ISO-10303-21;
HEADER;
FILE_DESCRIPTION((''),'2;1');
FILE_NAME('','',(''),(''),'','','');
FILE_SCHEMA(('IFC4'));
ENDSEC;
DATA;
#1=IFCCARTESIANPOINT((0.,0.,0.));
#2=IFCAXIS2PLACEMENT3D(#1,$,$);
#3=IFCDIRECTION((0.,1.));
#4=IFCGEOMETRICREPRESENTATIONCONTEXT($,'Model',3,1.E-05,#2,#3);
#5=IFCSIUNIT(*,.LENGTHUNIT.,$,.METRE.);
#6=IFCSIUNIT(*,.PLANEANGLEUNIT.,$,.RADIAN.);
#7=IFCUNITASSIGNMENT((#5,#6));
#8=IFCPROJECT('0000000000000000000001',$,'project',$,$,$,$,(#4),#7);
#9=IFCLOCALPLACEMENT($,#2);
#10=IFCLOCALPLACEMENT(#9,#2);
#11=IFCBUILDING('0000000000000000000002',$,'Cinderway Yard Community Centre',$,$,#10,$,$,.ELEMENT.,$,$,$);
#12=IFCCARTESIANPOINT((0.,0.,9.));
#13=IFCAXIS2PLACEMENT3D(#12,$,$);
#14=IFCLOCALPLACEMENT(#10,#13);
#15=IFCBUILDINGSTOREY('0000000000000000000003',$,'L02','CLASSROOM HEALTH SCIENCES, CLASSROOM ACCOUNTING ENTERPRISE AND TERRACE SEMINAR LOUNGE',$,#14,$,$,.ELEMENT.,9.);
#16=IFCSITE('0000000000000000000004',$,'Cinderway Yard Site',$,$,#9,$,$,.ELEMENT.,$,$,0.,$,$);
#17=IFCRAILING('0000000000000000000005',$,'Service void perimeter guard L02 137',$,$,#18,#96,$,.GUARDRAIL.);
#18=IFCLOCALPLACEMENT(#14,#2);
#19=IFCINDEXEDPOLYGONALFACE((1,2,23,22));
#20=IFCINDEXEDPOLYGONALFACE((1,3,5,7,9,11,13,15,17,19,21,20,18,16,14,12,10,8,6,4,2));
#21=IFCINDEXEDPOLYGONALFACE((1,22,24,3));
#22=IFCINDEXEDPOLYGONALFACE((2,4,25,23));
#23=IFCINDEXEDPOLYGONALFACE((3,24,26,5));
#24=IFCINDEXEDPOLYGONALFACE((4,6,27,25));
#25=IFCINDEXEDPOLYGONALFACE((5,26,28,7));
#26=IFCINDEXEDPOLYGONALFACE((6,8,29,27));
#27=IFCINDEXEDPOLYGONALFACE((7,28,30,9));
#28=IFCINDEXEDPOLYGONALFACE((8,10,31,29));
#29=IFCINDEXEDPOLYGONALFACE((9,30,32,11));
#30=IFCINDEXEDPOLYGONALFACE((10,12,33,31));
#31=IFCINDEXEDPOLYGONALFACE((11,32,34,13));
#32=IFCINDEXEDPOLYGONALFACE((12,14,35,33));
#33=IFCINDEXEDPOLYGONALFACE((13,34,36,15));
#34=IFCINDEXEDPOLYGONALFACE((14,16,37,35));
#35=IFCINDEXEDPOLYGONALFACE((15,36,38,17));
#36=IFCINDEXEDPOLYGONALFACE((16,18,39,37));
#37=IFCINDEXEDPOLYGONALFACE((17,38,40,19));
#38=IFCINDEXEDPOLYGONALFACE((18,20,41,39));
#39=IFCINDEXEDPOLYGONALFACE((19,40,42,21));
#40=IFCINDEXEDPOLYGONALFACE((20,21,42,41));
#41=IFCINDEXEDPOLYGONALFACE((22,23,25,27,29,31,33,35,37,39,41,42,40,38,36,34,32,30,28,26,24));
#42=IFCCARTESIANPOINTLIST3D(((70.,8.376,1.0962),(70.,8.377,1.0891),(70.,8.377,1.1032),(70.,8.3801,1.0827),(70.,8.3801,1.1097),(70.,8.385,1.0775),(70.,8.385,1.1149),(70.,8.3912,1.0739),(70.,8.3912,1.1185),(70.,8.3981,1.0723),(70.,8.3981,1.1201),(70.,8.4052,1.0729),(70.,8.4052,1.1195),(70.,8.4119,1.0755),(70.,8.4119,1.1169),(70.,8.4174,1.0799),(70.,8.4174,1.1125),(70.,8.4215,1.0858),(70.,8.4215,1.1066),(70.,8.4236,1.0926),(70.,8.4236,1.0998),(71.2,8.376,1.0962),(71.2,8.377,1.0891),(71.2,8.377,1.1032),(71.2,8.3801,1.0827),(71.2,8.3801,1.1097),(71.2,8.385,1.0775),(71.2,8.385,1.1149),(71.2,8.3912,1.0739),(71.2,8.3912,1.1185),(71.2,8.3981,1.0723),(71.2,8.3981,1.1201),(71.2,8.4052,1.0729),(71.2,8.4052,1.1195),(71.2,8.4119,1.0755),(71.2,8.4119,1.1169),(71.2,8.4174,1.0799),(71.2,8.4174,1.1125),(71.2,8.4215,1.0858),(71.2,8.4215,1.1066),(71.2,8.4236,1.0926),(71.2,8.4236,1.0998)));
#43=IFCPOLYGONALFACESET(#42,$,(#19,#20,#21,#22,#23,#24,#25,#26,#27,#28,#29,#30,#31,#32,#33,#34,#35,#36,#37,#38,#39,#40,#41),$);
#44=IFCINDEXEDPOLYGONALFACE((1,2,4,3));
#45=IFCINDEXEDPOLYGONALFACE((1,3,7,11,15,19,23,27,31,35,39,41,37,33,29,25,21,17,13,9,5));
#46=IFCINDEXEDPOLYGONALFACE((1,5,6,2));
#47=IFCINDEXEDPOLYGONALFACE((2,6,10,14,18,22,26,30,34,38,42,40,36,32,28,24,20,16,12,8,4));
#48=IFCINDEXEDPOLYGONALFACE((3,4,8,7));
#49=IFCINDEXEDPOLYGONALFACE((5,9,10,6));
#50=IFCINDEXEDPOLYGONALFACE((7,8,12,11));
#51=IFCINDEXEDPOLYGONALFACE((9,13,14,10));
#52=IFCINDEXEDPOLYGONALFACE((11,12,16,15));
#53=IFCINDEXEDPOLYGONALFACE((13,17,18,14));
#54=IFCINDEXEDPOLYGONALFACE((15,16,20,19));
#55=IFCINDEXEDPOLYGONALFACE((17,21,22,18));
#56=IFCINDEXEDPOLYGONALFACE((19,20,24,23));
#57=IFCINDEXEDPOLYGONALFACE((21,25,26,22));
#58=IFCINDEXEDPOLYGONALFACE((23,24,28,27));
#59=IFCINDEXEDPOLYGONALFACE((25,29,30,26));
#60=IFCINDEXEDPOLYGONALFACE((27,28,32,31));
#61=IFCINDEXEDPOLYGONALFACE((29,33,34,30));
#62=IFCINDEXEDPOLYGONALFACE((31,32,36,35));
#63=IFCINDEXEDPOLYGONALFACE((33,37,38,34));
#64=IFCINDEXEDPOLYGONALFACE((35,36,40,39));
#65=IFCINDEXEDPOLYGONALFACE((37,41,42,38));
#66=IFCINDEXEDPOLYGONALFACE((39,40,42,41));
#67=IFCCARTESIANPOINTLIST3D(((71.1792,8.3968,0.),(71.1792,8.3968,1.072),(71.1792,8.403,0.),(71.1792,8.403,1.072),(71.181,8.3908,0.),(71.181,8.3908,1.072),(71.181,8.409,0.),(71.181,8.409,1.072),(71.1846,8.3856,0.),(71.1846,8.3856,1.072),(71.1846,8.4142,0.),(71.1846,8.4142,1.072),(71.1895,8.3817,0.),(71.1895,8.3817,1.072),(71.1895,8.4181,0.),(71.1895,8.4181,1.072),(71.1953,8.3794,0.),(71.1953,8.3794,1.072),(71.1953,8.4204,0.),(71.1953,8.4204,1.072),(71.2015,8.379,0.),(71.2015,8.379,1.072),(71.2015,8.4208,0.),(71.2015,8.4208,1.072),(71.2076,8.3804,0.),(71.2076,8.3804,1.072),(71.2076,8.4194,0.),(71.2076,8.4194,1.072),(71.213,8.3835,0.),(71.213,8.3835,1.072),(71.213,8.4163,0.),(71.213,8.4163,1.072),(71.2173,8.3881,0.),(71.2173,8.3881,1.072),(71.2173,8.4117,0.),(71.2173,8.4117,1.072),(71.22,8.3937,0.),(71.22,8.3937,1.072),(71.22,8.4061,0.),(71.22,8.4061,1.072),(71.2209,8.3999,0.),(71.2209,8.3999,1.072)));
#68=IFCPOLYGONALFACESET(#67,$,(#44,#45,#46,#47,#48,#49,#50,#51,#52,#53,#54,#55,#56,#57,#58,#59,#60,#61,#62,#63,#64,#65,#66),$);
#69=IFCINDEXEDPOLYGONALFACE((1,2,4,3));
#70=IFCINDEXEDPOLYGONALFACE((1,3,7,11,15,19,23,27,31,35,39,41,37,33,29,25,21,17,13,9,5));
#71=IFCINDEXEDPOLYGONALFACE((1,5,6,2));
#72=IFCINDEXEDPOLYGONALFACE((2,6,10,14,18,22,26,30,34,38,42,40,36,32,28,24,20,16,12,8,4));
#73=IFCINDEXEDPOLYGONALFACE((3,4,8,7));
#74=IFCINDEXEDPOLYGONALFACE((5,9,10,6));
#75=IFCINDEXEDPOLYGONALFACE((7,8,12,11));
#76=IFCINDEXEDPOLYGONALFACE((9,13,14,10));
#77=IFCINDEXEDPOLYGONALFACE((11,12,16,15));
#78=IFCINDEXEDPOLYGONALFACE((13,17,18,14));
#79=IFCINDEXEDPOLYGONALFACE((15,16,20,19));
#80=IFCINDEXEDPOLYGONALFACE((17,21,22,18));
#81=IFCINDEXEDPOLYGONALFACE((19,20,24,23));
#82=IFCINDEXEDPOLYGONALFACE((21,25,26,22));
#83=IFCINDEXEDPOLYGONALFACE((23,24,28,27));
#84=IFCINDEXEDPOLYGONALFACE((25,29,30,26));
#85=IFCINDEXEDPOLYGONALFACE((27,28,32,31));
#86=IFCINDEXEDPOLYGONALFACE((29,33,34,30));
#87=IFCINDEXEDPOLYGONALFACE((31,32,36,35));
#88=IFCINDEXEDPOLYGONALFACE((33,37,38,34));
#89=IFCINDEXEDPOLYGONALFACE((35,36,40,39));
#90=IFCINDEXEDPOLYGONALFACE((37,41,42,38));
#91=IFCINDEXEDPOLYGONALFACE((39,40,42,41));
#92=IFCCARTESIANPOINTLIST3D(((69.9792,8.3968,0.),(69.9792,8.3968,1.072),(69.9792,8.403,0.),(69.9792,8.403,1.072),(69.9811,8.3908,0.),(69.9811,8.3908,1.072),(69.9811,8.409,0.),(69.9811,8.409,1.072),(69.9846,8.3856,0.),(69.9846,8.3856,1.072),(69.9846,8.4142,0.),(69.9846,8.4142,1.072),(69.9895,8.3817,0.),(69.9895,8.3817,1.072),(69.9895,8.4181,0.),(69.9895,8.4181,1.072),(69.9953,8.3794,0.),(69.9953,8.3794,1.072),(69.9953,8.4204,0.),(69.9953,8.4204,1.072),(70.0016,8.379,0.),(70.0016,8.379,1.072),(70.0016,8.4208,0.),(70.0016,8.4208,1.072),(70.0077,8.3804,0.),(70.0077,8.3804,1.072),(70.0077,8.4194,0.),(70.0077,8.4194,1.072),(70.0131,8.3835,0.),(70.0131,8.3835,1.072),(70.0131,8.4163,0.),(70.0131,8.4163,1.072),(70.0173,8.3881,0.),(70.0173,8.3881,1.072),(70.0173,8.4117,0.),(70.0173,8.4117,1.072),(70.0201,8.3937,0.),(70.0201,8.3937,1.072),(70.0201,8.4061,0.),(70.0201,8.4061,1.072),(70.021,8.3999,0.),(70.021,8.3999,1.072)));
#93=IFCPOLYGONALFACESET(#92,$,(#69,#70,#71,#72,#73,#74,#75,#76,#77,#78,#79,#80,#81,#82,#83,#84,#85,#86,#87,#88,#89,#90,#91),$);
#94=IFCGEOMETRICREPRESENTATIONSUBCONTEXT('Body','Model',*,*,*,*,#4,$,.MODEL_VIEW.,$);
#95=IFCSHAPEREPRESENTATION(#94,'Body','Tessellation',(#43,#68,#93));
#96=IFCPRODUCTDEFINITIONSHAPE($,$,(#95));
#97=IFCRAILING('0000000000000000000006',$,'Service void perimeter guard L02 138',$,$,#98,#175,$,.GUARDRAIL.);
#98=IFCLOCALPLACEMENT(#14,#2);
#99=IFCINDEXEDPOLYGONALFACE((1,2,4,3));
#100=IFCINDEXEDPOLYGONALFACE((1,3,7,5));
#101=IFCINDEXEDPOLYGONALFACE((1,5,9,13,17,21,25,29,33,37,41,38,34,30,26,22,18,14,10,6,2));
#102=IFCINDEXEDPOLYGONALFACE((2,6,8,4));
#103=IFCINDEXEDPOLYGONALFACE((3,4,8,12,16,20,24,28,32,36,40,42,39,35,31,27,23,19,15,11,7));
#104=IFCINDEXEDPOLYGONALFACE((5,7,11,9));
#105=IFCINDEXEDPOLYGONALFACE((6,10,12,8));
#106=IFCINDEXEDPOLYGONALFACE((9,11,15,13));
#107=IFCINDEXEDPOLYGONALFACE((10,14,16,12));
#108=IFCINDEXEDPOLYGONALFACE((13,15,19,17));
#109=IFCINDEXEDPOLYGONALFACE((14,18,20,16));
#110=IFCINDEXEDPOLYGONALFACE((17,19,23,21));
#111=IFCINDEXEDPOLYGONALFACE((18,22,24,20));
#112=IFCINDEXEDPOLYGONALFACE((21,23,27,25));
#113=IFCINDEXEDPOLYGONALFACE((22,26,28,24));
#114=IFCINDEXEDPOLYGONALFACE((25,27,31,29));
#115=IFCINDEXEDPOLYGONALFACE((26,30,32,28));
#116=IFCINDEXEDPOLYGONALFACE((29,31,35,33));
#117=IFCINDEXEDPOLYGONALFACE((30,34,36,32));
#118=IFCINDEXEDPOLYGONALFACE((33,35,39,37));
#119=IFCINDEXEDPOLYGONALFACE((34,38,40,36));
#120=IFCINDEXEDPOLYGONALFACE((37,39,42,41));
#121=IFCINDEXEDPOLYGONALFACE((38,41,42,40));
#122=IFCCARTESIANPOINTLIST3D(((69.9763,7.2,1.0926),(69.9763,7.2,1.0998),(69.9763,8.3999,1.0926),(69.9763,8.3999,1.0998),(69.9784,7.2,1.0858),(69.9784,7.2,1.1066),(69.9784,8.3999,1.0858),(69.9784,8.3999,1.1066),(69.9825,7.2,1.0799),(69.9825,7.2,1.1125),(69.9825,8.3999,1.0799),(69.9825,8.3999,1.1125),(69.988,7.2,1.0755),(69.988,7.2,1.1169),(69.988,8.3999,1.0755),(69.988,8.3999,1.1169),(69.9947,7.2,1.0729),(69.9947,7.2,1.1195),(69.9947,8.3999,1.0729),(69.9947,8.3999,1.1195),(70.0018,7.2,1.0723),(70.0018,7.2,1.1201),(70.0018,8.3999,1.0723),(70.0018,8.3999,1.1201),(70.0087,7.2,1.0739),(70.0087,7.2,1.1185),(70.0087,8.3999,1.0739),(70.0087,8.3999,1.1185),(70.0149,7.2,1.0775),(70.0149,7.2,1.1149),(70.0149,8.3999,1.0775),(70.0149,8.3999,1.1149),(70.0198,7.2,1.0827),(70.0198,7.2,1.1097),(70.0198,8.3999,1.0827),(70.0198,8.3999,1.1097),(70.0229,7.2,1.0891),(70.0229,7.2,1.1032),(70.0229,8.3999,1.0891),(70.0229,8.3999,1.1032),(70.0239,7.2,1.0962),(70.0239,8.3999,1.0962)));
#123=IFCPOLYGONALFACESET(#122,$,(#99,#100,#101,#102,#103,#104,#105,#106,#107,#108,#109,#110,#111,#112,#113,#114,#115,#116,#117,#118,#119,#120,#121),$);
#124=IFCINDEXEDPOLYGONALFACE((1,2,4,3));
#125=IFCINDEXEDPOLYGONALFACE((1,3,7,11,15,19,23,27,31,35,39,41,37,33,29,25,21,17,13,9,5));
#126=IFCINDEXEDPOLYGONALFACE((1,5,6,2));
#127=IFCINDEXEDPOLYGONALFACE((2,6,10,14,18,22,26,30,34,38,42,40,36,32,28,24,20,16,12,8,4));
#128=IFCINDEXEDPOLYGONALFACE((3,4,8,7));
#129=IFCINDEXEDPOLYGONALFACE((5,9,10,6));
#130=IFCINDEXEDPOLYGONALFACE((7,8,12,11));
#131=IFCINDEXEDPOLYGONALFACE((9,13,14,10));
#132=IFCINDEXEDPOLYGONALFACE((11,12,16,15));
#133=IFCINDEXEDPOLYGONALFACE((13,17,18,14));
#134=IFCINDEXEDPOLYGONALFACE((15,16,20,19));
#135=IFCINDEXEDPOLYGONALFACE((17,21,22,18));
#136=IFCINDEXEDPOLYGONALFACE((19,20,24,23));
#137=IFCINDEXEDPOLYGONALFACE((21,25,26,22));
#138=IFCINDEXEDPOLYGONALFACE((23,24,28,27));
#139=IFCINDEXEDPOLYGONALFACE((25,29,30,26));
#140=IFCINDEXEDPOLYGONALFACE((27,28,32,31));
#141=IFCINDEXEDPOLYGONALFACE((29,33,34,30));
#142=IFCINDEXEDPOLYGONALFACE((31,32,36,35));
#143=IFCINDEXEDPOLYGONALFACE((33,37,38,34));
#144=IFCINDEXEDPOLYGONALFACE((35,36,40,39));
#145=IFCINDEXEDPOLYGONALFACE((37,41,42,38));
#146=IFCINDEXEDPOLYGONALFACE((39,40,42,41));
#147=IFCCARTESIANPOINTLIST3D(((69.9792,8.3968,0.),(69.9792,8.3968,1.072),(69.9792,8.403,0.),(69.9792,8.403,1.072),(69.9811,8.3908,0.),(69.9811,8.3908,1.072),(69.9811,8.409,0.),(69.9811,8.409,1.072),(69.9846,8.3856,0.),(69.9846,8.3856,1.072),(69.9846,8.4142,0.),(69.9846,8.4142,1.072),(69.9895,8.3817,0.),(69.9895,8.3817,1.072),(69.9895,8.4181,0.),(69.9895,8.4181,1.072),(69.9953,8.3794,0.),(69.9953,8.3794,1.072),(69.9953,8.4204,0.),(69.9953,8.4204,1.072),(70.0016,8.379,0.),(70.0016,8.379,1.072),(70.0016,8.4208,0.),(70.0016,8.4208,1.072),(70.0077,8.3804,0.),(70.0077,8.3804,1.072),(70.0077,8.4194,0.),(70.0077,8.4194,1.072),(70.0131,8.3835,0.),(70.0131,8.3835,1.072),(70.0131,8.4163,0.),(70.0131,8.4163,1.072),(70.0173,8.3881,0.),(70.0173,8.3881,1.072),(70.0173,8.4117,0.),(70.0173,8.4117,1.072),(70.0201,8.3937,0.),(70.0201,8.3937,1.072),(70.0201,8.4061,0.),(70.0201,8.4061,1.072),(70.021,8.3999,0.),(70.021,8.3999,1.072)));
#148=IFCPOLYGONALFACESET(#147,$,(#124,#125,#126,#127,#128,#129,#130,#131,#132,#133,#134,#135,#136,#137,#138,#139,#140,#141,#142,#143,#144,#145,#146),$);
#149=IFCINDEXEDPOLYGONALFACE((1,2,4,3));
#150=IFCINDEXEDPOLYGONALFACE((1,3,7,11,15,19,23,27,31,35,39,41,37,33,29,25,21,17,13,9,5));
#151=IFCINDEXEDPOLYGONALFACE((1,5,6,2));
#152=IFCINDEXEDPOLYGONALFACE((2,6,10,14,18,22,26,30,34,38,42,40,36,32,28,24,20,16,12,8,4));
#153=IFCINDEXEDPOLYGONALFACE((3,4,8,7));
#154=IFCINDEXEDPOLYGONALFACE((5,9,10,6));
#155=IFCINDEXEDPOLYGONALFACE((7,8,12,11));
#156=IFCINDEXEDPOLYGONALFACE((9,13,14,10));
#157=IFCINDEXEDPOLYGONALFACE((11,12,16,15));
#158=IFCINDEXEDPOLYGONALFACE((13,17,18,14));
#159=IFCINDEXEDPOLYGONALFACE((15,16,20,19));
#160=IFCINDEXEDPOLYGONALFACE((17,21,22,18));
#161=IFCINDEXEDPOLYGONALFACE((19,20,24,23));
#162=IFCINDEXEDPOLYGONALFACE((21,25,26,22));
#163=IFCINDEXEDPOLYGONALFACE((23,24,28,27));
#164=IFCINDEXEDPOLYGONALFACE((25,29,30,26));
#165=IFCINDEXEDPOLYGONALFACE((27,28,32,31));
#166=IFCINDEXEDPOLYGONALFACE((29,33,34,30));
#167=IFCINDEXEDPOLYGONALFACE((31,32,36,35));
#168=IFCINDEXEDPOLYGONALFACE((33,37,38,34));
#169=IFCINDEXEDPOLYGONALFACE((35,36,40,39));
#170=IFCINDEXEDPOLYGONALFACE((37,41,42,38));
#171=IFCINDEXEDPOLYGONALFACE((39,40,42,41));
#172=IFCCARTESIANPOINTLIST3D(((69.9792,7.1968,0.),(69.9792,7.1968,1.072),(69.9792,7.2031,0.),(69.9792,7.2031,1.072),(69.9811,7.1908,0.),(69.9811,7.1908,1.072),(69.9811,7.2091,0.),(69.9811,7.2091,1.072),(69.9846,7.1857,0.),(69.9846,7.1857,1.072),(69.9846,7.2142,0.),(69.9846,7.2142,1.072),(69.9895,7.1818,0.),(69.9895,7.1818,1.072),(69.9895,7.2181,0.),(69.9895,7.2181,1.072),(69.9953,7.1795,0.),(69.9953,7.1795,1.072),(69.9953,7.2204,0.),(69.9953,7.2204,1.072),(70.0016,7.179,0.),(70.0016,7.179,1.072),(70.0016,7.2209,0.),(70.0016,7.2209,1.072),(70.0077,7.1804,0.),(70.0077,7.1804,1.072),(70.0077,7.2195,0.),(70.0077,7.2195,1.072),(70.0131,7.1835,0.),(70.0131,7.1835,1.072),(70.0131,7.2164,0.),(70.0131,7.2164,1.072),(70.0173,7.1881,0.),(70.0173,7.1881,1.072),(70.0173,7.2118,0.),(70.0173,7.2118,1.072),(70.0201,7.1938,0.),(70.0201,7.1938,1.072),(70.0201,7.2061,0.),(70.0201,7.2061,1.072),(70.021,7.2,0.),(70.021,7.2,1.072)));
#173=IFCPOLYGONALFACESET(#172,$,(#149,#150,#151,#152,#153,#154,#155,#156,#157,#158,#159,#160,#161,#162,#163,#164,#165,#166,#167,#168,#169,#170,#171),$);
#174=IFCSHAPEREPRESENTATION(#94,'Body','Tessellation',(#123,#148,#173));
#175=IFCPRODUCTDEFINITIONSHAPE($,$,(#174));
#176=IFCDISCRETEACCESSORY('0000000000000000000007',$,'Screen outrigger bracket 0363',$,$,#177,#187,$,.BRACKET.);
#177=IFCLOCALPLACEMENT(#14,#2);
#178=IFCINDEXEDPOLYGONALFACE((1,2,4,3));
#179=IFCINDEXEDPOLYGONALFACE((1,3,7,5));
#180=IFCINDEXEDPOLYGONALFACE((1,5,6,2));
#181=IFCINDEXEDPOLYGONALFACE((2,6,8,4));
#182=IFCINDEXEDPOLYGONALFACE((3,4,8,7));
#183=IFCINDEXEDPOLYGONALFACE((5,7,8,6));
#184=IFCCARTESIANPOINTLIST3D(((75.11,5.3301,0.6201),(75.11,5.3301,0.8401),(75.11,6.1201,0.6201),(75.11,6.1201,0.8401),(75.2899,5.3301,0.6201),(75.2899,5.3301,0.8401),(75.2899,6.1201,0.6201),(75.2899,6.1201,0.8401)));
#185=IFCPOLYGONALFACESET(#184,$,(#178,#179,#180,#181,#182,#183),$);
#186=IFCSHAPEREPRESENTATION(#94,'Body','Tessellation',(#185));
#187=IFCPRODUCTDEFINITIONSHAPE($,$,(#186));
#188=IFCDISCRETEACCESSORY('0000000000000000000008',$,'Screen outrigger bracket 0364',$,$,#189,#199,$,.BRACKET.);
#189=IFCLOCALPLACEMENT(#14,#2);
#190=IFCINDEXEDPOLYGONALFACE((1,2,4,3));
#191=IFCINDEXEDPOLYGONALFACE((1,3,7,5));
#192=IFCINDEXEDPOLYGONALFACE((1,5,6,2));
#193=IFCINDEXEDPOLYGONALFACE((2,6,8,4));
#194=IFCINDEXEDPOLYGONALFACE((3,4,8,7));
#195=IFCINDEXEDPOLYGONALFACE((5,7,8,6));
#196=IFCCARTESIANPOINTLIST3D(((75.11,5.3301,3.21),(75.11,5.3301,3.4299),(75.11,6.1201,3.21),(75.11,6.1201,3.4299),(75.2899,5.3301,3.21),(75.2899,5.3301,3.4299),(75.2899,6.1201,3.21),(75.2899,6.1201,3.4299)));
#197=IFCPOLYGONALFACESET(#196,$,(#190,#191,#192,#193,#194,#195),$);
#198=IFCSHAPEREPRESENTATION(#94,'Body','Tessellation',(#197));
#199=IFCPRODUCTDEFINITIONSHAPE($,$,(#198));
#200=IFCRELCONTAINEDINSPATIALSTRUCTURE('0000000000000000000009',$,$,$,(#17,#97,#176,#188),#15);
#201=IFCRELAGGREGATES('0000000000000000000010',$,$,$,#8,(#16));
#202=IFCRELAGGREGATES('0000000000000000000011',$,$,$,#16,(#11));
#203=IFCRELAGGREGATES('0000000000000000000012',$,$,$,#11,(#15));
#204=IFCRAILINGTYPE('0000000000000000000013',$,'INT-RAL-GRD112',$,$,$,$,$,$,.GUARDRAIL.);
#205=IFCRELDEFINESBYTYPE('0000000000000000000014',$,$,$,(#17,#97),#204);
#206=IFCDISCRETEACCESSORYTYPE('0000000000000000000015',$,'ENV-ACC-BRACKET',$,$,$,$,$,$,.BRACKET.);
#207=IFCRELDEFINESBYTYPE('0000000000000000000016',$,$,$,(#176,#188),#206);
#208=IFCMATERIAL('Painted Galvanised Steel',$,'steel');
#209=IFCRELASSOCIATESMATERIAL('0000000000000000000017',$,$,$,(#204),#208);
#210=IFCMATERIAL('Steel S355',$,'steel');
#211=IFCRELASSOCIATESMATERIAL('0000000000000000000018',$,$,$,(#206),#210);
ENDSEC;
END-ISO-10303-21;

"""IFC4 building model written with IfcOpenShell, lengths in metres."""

from ifc_helpers import new_model, si_unit, direction, frame, origin, origin_2d, place, context, subcontext, project, spatial, rectangle, circle, extrude, material, type_object, element, save


model = new_model("IFC4")

# Units and contexts
model_context = context("Model", 3, precision=1e-05, world=origin(), true_north=direction((0.0, 1.0)))
body_context = subcontext(model_context, "Body", "Model", "MODEL_VIEW")
ifc_project = project(units=[si_unit("LENGTHUNIT", "METRE"), si_unit("PLANEANGLEUNIT", "RADIAN")], contexts=[model_context])

# Site, building, storey
site_placement = place(None, origin())
site = spatial("IfcSite", under=ifc_project, at=site_placement, Name="Cinderway Yard Site", CompositionType="ELEMENT", RefElevation=0.0)
building_placement = place(site_placement, origin())
building = spatial("IfcBuilding", under=site, at=building_placement, Name="Cinderway Yard Community Centre", CompositionType="ELEMENT")
storey_placement = place(building_placement, frame((0.0, 0.0, 9.0)))
storey = spatial("IfcBuildingStorey", under=building, at=storey_placement, Name="L02", Description="CLASSROOM HEALTH SCIENCES, CLASSROOM ACCOUNTING ENTERPRISE AND TERRACE SEMINAR LOUNGE", CompositionType="ELEMENT", Elevation=9.0)

# Shared definitions
ifc_material_1 = material(Name="Steel S355", Category="steel")

# Shared definitions
ifc_material_2 = material(Name="Painted Galvanised Steel", Category="steel")

# Railings
railing_type = type_object("IfcRailingType", Name="INT-RAL-GRD112", PredefinedType="GUARDRAIL", material=ifc_material_2)
railing_1_placement = place(storey_placement, frame((71.2, 8.3999, 0.0)))
element("IfcRailing", 1, at=railing_1_placement, inside=storey, type_object=railing_type, Name="Service void perimeter guard L02 137", PredefinedType="GUARDRAIL", context=body_context, shape_type="SweptSolid", body=[
    extrude(circle(Radius=0.0239, at=origin_2d()), frame((0.0, 0.0, 1.0962), z_axis=(-1.0, 0.0, 0.0), x_axis=(0.0, -1.0, 0.0)), (0.0, 0.0, 1.0), 1.2),
    extrude(circle(Radius=0.021, at=origin_2d()), origin(), (0.0, 0.0, 1.0), 1.072),
    extrude(circle(Radius=0.021, at=origin_2d()), frame((-1.2, 0.0, 0.0)), (0.0, 0.0, 1.0), 1.072),
])
railing_2_placement = place(storey_placement, frame((70.0, 8.3999, 0.0)))
element("IfcRailing", 2, at=railing_2_placement, inside=storey, type_object=railing_type, Name="Service void perimeter guard L02 138", PredefinedType="GUARDRAIL", context=body_context, shape_type="SweptSolid", body=[
    extrude(circle(Radius=0.0239, at=origin_2d()), frame((0.0, 0.0, 1.0962), z_axis=(0.0, -1.0, 0.0), x_axis=(1.0, 0.0, 0.0)), (0.0, 0.0, 1.0), 1.2),
    extrude(circle(Radius=0.021, at=origin_2d()), origin(), (0.0, 0.0, 1.0), 1.072),
    extrude(circle(Radius=0.021, at=origin_2d()), frame((0.0, -1.2, 0.0)), (0.0, 0.0, 1.0), 1.072),
])

# Discrete accessories
discrete_accessory_type = type_object("IfcDiscreteAccessoryType", Name="ENV-ACC-BRACKET", PredefinedType="BRACKET", material=ifc_material_1)
for number, where, z_axis, x_axis, name in (
    (3, (75.2, 5.7251, 0.6201), (0.0, 0.0, 1.0), (0.0, -1.0, 0.0), "Screen outrigger bracket 0363"),
    (4, (75.2, 5.7251, 3.21), (0.0, 0.0, 1.0), (0.0, -1.0, 0.0), "Screen outrigger bracket 0364"),
):
    element("IfcDiscreteAccessory", number, at=place(storey_placement, frame(where, z_axis=z_axis, x_axis=x_axis)), inside=storey, type_object=discrete_accessory_type, Name=name, PredefinedType="BRACKET", context=body_context, shape_type="SweptSolid", body=[
        extrude(rectangle(XDim=0.79, YDim=0.1799, at=origin_2d()), origin(), (0.0, 0.0, 1.0), 0.22),
    ])

save(model, "model.ifc")
